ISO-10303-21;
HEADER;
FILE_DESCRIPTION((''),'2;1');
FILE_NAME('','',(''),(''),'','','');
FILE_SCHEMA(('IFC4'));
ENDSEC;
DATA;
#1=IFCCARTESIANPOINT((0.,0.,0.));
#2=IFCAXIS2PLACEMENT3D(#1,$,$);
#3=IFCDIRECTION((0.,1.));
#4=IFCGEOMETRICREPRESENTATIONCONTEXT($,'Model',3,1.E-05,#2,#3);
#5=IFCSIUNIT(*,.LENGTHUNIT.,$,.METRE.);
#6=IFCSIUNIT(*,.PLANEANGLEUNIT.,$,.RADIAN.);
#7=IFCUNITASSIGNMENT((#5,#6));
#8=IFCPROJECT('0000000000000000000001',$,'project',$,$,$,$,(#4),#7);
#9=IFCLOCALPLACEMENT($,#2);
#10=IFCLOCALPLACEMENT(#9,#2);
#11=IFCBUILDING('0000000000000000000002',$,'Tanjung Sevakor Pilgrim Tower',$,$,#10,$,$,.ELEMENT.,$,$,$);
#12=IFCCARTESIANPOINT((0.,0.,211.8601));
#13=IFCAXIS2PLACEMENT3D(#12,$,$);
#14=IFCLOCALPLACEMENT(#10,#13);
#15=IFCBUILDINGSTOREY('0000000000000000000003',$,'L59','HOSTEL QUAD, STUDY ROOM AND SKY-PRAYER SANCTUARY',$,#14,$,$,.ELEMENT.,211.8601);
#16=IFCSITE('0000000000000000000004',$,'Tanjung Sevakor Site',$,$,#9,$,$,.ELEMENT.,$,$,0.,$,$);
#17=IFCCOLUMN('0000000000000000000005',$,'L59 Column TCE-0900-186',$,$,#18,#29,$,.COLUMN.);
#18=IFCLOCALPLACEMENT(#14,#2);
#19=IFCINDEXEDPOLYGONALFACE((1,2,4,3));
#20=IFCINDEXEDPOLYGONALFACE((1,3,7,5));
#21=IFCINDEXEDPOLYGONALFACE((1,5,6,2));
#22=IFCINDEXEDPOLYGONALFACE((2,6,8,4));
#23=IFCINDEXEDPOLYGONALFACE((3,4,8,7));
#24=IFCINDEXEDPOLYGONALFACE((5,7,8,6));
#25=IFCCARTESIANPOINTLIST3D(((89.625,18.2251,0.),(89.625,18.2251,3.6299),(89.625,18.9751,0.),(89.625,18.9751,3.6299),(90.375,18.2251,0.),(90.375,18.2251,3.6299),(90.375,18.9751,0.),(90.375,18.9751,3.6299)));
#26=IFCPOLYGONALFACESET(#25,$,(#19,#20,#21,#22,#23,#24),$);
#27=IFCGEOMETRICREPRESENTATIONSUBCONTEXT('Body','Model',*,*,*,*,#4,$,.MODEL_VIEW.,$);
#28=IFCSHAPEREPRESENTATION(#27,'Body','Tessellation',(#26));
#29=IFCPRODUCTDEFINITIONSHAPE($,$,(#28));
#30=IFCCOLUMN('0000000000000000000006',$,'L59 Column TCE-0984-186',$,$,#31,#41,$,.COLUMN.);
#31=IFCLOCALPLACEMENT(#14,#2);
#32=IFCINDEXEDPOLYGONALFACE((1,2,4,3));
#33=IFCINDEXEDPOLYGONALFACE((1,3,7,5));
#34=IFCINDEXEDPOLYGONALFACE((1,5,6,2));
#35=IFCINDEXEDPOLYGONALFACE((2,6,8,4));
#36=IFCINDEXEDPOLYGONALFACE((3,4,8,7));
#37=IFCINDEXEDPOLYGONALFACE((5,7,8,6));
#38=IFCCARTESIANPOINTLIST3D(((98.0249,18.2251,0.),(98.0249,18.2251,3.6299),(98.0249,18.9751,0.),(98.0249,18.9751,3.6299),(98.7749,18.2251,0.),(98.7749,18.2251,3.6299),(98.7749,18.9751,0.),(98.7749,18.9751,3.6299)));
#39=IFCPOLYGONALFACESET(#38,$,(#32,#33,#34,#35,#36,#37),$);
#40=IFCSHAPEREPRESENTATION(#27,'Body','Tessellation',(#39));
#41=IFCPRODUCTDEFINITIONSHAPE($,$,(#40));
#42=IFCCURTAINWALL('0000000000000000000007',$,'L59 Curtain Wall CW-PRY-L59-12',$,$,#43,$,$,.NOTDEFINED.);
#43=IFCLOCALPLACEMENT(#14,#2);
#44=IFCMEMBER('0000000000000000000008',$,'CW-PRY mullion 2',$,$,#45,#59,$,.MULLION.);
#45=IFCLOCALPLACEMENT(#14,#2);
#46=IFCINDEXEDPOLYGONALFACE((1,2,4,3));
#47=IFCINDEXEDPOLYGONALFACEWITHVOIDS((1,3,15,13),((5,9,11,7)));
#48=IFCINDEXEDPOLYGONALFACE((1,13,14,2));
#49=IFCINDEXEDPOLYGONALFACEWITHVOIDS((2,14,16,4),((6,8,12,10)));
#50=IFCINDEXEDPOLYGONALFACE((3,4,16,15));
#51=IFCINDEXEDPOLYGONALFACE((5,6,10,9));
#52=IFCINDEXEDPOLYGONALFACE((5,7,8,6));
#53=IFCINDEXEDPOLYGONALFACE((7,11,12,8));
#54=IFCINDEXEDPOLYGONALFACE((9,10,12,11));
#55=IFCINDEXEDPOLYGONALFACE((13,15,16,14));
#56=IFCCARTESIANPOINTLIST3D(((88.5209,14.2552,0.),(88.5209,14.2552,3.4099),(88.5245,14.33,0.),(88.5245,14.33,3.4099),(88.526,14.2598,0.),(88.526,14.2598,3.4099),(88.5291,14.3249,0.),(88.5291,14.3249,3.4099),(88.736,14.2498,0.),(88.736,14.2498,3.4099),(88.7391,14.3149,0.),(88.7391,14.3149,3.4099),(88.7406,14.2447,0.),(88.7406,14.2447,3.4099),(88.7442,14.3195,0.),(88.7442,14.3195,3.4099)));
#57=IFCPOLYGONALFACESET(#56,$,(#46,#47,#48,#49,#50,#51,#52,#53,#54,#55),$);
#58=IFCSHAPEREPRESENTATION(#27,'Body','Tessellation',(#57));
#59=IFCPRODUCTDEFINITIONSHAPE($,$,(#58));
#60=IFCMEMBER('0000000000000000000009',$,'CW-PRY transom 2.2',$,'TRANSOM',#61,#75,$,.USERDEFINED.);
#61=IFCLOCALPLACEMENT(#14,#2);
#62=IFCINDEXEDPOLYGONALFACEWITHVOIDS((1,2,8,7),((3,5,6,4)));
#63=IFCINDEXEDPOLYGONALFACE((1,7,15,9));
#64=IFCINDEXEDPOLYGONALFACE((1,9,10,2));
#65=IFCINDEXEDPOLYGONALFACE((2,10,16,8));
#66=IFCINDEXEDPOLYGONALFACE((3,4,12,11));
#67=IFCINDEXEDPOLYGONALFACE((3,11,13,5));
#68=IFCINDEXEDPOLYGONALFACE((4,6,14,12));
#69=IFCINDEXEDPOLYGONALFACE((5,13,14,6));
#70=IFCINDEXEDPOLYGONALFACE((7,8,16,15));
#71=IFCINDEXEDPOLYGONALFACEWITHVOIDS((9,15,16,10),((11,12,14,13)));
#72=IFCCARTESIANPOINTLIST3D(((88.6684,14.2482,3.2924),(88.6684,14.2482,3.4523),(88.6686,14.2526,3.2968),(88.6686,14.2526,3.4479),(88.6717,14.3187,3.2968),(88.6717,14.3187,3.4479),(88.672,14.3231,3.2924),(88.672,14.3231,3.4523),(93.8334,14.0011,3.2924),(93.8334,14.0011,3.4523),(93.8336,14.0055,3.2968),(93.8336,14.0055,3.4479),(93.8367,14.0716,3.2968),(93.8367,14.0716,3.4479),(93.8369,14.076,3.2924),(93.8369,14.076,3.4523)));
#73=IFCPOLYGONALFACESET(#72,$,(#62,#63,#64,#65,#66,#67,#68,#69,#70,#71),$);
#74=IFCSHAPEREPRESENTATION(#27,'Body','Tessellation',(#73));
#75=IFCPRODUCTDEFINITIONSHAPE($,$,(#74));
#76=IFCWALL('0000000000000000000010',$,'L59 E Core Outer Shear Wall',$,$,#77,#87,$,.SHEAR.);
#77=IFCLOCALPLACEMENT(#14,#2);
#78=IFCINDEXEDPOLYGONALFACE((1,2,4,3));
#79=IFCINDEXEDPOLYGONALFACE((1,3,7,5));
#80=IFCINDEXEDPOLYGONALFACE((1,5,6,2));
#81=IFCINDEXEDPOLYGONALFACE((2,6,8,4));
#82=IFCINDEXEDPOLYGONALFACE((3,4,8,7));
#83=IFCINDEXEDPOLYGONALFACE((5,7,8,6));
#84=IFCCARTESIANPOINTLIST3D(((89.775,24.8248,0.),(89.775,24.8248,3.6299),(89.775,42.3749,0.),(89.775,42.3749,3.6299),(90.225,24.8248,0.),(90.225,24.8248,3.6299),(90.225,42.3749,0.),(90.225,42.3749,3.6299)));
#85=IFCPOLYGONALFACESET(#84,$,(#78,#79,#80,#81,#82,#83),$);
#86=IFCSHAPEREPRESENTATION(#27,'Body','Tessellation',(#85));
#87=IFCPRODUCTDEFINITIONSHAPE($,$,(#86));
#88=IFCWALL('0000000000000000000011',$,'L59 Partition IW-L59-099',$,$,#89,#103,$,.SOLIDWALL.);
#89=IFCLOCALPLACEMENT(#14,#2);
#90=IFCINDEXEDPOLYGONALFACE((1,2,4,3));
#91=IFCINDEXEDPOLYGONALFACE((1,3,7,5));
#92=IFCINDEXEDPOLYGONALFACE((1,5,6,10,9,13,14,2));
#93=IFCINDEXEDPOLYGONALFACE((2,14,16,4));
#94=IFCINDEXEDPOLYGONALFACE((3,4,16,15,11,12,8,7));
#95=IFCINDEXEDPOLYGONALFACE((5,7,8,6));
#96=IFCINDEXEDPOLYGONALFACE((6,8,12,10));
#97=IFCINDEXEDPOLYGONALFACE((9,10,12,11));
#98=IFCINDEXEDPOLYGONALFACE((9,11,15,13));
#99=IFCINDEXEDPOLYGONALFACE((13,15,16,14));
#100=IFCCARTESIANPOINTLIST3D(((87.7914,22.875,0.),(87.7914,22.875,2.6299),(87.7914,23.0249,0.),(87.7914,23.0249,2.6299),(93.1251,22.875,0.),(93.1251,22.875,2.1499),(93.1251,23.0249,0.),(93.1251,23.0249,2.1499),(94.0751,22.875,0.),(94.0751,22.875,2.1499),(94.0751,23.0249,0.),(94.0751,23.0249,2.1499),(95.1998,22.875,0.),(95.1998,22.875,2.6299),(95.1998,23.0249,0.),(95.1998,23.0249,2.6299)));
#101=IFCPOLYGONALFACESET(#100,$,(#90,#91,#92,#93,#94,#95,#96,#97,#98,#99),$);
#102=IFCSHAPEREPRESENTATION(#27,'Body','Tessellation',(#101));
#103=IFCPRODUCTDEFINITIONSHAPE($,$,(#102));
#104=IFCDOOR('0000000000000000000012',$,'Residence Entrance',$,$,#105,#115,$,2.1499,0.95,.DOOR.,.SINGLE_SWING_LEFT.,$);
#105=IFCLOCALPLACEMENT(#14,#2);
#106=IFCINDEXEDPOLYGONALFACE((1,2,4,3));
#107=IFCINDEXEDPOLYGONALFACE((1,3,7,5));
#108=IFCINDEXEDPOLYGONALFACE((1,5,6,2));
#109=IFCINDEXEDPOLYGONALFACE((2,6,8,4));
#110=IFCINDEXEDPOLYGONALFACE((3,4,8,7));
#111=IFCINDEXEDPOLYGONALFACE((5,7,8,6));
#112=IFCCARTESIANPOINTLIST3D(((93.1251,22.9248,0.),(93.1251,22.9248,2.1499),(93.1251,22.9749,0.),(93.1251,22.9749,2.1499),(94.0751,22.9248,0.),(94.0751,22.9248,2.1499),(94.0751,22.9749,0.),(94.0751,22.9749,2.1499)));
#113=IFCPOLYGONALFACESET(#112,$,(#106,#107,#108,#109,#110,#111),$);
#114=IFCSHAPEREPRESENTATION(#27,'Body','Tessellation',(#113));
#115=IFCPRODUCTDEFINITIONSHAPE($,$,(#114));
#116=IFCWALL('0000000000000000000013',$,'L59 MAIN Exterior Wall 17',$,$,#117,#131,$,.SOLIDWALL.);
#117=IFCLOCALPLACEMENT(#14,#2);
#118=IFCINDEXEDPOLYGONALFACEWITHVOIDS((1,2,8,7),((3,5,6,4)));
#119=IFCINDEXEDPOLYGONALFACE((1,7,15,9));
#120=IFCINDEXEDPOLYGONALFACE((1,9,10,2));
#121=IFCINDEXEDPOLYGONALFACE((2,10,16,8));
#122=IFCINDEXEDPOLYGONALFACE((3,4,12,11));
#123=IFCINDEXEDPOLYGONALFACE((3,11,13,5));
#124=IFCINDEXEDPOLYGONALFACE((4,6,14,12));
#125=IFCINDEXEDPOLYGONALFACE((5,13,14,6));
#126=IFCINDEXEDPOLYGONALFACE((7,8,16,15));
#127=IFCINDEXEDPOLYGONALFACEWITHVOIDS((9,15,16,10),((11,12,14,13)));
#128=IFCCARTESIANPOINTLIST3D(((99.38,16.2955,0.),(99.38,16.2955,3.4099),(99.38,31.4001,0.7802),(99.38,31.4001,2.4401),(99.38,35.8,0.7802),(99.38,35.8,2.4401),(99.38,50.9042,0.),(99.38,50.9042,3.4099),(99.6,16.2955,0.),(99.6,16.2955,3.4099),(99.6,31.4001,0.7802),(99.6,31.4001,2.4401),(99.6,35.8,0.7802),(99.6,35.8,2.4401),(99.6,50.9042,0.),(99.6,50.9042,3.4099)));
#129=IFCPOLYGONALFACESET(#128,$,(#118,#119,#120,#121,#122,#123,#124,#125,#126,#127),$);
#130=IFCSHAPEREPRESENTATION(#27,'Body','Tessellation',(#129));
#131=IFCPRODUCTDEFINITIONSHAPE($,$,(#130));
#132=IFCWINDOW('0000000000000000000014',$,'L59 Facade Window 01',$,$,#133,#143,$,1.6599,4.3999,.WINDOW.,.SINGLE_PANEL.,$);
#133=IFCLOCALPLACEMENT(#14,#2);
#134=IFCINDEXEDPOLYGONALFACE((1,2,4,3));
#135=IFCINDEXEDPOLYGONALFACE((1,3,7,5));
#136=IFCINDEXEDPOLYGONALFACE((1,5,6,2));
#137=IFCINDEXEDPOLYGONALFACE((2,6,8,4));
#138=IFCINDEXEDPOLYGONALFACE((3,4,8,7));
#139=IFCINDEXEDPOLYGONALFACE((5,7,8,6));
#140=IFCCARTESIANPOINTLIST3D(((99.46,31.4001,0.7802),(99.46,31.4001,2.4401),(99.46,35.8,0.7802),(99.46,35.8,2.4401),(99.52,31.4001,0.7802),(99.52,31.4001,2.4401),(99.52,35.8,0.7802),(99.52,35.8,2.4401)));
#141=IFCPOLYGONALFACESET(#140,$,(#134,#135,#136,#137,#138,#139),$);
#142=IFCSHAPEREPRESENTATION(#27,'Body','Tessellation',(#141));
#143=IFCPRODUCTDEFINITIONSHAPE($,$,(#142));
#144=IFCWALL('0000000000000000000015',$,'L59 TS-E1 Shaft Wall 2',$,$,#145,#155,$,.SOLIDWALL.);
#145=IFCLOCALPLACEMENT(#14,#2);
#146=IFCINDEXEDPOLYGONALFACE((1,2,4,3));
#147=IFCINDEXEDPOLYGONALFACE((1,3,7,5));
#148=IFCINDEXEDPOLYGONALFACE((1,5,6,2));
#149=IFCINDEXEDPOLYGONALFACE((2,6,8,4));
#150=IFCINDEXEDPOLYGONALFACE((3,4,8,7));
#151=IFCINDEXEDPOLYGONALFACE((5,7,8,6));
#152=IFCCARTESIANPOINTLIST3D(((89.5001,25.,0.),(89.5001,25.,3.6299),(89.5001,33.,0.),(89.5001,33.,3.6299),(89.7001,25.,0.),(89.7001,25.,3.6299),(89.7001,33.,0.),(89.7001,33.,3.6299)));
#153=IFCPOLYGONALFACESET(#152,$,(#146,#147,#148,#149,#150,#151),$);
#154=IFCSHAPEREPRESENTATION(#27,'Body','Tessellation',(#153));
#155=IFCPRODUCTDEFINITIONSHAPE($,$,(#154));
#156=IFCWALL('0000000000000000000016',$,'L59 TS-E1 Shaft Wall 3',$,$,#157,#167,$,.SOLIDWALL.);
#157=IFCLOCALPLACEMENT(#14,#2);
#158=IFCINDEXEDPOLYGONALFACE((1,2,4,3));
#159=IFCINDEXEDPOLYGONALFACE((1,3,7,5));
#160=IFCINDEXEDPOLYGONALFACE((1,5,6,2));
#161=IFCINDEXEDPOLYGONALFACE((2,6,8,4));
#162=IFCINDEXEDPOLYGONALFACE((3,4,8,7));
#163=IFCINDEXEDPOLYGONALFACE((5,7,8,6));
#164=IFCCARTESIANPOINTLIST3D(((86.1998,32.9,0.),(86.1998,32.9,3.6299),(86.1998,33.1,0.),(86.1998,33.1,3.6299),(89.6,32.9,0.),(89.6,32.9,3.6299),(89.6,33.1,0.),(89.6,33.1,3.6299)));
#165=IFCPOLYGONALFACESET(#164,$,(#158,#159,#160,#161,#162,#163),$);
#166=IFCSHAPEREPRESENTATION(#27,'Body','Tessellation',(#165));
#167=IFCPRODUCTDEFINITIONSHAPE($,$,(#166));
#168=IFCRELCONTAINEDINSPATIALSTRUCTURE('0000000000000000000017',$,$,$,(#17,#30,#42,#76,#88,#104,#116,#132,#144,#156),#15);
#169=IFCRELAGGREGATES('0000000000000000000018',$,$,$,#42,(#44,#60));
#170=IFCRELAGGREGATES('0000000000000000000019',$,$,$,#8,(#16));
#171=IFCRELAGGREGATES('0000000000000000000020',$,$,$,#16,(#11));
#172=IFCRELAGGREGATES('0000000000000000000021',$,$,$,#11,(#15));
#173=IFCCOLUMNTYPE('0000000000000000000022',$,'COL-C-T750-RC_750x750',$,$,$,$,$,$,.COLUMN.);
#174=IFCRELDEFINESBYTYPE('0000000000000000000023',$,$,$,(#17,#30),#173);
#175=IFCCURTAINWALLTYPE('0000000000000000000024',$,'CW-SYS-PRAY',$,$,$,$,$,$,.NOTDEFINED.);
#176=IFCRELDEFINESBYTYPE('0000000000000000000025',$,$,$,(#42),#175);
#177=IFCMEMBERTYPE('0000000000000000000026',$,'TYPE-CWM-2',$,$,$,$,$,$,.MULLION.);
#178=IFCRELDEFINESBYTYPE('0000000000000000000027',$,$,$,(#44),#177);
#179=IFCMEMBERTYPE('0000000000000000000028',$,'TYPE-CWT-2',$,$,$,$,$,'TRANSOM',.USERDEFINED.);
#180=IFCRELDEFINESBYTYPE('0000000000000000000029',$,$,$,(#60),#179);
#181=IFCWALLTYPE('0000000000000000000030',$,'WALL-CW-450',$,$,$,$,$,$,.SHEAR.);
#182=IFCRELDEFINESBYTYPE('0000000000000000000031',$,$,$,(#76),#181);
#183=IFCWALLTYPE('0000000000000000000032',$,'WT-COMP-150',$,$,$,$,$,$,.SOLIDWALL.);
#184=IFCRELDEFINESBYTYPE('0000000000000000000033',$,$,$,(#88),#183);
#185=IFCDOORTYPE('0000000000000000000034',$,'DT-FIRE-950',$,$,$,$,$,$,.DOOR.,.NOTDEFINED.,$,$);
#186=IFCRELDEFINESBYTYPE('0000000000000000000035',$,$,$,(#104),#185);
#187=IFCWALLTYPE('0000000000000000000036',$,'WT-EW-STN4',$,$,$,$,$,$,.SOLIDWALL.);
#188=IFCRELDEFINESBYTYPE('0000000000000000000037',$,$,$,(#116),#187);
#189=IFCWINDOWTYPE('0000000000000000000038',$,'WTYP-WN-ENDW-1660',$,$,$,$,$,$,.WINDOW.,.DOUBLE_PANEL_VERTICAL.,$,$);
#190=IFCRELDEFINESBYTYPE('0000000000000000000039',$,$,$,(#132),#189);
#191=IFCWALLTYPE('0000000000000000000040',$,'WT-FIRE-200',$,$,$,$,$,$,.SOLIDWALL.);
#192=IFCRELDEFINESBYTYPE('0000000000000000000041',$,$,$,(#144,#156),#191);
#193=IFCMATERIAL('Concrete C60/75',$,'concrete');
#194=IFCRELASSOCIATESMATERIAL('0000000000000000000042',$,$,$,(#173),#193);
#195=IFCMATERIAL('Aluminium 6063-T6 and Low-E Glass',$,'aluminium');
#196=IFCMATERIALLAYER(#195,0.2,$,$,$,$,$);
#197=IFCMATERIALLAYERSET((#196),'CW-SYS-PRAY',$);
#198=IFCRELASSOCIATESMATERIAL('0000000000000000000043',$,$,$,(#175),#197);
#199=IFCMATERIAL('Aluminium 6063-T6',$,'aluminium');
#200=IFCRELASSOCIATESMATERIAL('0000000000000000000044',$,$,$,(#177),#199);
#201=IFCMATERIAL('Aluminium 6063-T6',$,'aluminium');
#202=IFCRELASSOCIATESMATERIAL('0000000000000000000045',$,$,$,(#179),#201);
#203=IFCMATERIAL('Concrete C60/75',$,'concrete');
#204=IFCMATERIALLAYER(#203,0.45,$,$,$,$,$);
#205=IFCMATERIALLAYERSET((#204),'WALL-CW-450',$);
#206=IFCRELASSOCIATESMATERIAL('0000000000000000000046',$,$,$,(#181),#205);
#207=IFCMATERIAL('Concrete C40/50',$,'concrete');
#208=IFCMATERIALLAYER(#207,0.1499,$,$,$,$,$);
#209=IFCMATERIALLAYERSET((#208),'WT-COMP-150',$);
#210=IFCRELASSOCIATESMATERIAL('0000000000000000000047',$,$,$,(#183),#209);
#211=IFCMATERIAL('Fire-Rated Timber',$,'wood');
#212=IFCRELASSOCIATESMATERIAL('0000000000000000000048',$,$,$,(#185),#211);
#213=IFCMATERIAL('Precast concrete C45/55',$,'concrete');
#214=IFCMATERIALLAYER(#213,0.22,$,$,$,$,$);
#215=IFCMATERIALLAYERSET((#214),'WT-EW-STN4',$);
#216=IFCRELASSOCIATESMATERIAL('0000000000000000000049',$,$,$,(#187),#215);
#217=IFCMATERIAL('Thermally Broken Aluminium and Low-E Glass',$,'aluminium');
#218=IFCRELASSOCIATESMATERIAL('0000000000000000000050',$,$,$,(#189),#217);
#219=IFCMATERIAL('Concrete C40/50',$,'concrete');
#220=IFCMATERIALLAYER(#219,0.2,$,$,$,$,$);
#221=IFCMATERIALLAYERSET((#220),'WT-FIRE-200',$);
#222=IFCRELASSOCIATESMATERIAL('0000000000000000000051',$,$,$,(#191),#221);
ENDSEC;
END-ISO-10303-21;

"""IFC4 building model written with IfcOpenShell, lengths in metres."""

from ifc_helpers import new_model, si_unit, direction, frame, frame_2d, origin, origin_2d, place, context, subcontext, project, spatial, rectangle, hollow_rectangle, extrude, material, layer, layer_set, material_profile, profile_set, type_object, element, fill, aggregate, save


model = new_model("IFC4")

# Units and contexts
model_context = context("Model", 3, precision=1e-05, world=origin(), true_north=direction((0.0, 1.0)))
body_context = subcontext(model_context, "Body", "Model", "MODEL_VIEW")
ifc_project = project(units=[si_unit("LENGTHUNIT", "METRE"), si_unit("PLANEANGLEUNIT", "RADIAN")], contexts=[model_context])

# Site, building, storey
site_placement = place(None, origin())
site = spatial("IfcSite", under=ifc_project, at=site_placement, Name="Tanjung Sevakor Site", CompositionType="ELEMENT", RefElevation=0.0)
building_placement = place(site_placement, origin())
building = spatial("IfcBuilding", under=site, at=building_placement, Name="Tanjung Sevakor Pilgrim Tower", CompositionType="ELEMENT")
storey_placement = place(building_placement, frame((0.0, 0.0, 211.8601)))
storey = spatial("IfcBuildingStorey", under=building, at=storey_placement, Name="L59", Description="HOSTEL QUAD, STUDY ROOM AND SKY-PRAYER SANCTUARY", CompositionType="ELEMENT", Elevation=211.8601)

# Columns
ifc_material_1 = material(Name="Concrete C60/75", Category="concrete")
ifc_material_profile_1 = material_profile(ifc_material_1, rectangle(XDim=0.75, YDim=0.75, at=origin_2d()))
ifc_profile_set_1 = profile_set([ifc_material_profile_1], Name="Concrete C60/75")
column_type = type_object("IfcColumnType", Name="COL-C-T750-RC_750x750", PredefinedType="COLUMN", material=ifc_profile_set_1)
for number, where, z_axis, x_axis, name in (
    (1, (90.0, 18.6001, 0.0), (0.0, 0.0, 1.0), (1.0, 0.0, 0.0), "L59 Column TCE-0900-186"),
    (2, (98.3999, 18.6001, 0.0), (0.0, 0.0, 1.0), (1.0, 0.0, 0.0), "L59 Column TCE-0984-186"),
):
    element("IfcColumn", number, at=place(storey_placement, frame(where, z_axis=z_axis, x_axis=x_axis)), inside=storey, type_object=column_type, Name=name, PredefinedType="COLUMN", context=body_context, shape_type="SweptSolid", body=[
        extrude(rectangle(XDim=0.75, YDim=0.75, at=origin_2d()), origin(), (0.0, 0.0, 1.0), 3.6299),
    ])

# Curtain wall, members
ifc_material_2 = material(Name="Aluminium 6063-T6 and Low-E Glass", Category="aluminium")
ifc_layer_1 = layer(ifc_material_2, 0.2)
ifc_layer_set_1 = layer_set([ifc_layer_1], Name="CW-SYS-PRAY")
curtain_wall_type = type_object("IfcCurtainWallType", Name="CW-SYS-PRAY", PredefinedType="NOTDEFINED", material=ifc_layer_set_1)
curtain_wall_placement = place(storey_placement, origin())
curtain_wall = element("IfcCurtainWall", 3, at=curtain_wall_placement, inside=storey, type_object=curtain_wall_type, Name="L59 Curtain Wall CW-PRY-L59-12", PredefinedType="NOTDEFINED")
ifc_material_3 = material(Name="Aluminium 6063-T6", Category="aluminium")
ifc_material_profile_2 = material_profile(ifc_material_3, hollow_rectangle(XDim=0.075, YDim=0.22, WallThickness=0.0049, at=origin_2d()))
ifc_profile_set_2 = profile_set([ifc_material_profile_2], Name="Aluminium 6063-T6")
member_type_1 = type_object("IfcMemberType", Name="TYPE-CWM-2", PredefinedType="MULLION", material=ifc_profile_set_2)
member_1_placement = place(storey_placement, frame((88.6326, 14.2874, 0.0), z_axis=(0.0, 0.0, 1.0), x_axis=(0.047791, 0.998857, 0.0)))
member_1 = element("IfcMember", 4, at=member_1_placement, type_object=member_type_1, Name="CW-PRY mullion 2", PredefinedType="MULLION", context=body_context, shape_type="SweptSolid", body=[
    extrude(hollow_rectangle(XDim=0.075, YDim=0.22, WallThickness=0.0049, at=origin_2d()), origin(), (0.0, 0.0, 1.0), 3.4099),
])
ifc_material_4 = material(Name="Aluminium 6063-T6", Category="aluminium")
ifc_material_profile_3 = material_profile(ifc_material_4, hollow_rectangle(XDim=0.075, YDim=0.1599, WallThickness=0.0044, at=origin_2d()))
ifc_profile_set_3 = profile_set([ifc_material_profile_3], Name="Aluminium 6063-T6")
member_type_2 = type_object("IfcMemberType", Name="TYPE-CWT-2", ElementType="TRANSOM", PredefinedType="USERDEFINED", material=ifc_profile_set_3)
member_2_placement = place(storey_placement, frame((88.6702, 14.2856, 3.3723), z_axis=(0.998858, -0.04778, 0.0), x_axis=(0.04778, 0.998858, 0.0)))
member_2 = element("IfcMember", 5, at=member_2_placement, type_object=member_type_2, Name="CW-PRY transom 2.2", ObjectType="TRANSOM", PredefinedType="USERDEFINED", context=body_context, shape_type="SweptSolid", body=[
    extrude(hollow_rectangle(XDim=0.075, YDim=0.1599, WallThickness=0.0044, at=origin_2d()), origin(), (0.0, 0.0, 1.0), 5.1709),
])
aggregate(curtain_wall, [member_1, member_2])

# Wall
ifc_material_5 = material(Name="Concrete C60/75", Category="concrete")
ifc_layer_2 = layer(ifc_material_5, 0.45)
ifc_layer_set_2 = layer_set([ifc_layer_2], Name="WALL-CW-450")
wall_type_1 = type_object("IfcWallType", Name="WALL-CW-450", PredefinedType="SHEAR", material=ifc_layer_set_2)
wall_1_placement = place(storey_placement, frame((90.0, 24.825, 0.0), z_axis=(0.0, 0.0, 1.0), x_axis=(0.0, 1.0, 0.0)))
element("IfcWall", 6, at=wall_1_placement, inside=storey, type_object=wall_type_1, Name="L59 E Core Outer Shear Wall", PredefinedType="SHEAR", context=body_context, shape_type="SweptSolid", body=[
    extrude(rectangle(XDim=17.55, YDim=0.45, at=frame_2d((8.7749, 0.0))), origin(), (0.0, 0.0, 1.0), 3.6299),
])

# Wall, opening, door
ifc_material_6 = material(Name="Concrete C40/50", Category="concrete")
ifc_layer_3 = layer(ifc_material_6, 0.1499)
ifc_layer_set_3 = layer_set([ifc_layer_3], Name="WT-COMP-150")
wall_type_2 = type_object("IfcWallType", Name="WT-COMP-150", PredefinedType="SOLIDWALL", material=ifc_layer_set_3)
wall_2_placement = place(storey_placement, frame((87.7915, 22.95, 0.0), z_axis=(0.0, 0.0, 1.0), x_axis=(1.0, 0.0, 0.0)))
wall_2 = element("IfcWall", 7, at=wall_2_placement, inside=storey, type_object=wall_type_2, Name="L59 Partition IW-L59-099", PredefinedType="SOLIDWALL", context=body_context, shape_type="SweptSolid", body=[
    extrude(rectangle(XDim=7.4084, YDim=0.1499, at=frame_2d((3.7041, 0.0))), origin(), (0.0, 0.0, 1.0), 2.6299),
])
opening_1_placement = place(wall_2_placement, frame((5.3335, 0.0, 0.0)))
opening_1 = element("IfcOpeningElement", 8, at=opening_1_placement, cuts=wall_2, PredefinedType="OPENING", context=body_context, shape_type="SweptSolid", body=[
    extrude(rectangle(XDim=0.95, YDim=2.1499, at=frame_2d((0.4751, 1.075))), frame((0.0, 0.085, 0.0), z_axis=(0.0, -1.0, 0.0), x_axis=(1.0, 0.0, 0.0)), (0.0, 0.0, 1.0), 0.1699),
])
ifc_material_7 = material(Name="Fire-Rated Timber", Category="wood")
door_type_1 = type_object("IfcDoorType", Name="DT-FIRE-950", OperationType="NOTDEFINED", PredefinedType="DOOR", material=ifc_material_7)
door_1_placement = place(opening_1_placement, origin())
door_1 = element("IfcDoor", 9, at=door_1_placement, inside=storey, type_object=door_type_1, Name="Residence Entrance", OperationType="SINGLE_SWING_LEFT", OverallHeight=2.1499, OverallWidth=0.95, PredefinedType="DOOR", context=body_context, shape_type="SweptSolid", body=[
    extrude(rectangle(XDim=0.95, YDim=2.1499, at=frame_2d((0.4751, 1.075))), frame((0.0, 0.0249, 0.0), z_axis=(0.0, -1.0, 0.0), x_axis=(1.0, 0.0, 0.0)), (0.0, 0.0, 1.0), 0.05),
])
fill(opening_1, door_1)

# Wall, opening, window
ifc_material_8 = material(Name="Precast concrete C45/55", Category="concrete")
ifc_layer_4 = layer(ifc_material_8, 0.22)
ifc_layer_set_4 = layer_set([ifc_layer_4], Name="WT-EW-STN4")
wall_type_3 = type_object("IfcWallType", Name="WT-EW-STN4", PredefinedType="SOLIDWALL", material=ifc_layer_set_4)
wall_3_placement = place(storey_placement, frame((99.49, 16.2957, 0.0), z_axis=(0.0, 0.0, 1.0), x_axis=(0.0, 1.0, 0.0)))
wall_3 = element("IfcWall", 10, at=wall_3_placement, inside=storey, type_object=wall_type_3, Name="L59 MAIN Exterior Wall 17", PredefinedType="SOLIDWALL", context=body_context, shape_type="SweptSolid", body=[
    extrude(rectangle(XDim=34.6086, YDim=0.22, at=frame_2d((17.3042, 0.0))), origin(), (0.0, 0.0, 1.0), 3.4099),
])
opening_2_placement = place(wall_3_placement, frame((15.1045, 0.0, 0.78)))
opening_2 = element("IfcOpeningElement", 11, at=opening_2_placement, cuts=wall_3, PredefinedType="OPENING", context=body_context, shape_type="SweptSolid", body=[
    extrude(rectangle(XDim=4.3999, YDim=1.6599, at=frame_2d((2.2, 0.8301))), frame((0.0, 0.1199, 0.0), z_axis=(0.0, -1.0, 0.0), x_axis=(1.0, 0.0, 0.0)), (0.0, 0.0, 1.0), 0.24),
])
ifc_material_9 = material(Name="Thermally Broken Aluminium and Low-E Glass", Category="aluminium")
window_type = type_object("IfcWindowType", Name="WTYP-WN-ENDW-1660", PartitioningType="DOUBLE_PANEL_VERTICAL", PredefinedType="WINDOW", material=ifc_material_9)
window_placement = place(opening_2_placement, origin())
window = element("IfcWindow", 12, at=window_placement, inside=storey, type_object=window_type, Name="L59 Facade Window 01", OverallHeight=1.6599, OverallWidth=4.3999, PartitioningType="SINGLE_PANEL", PredefinedType="WINDOW", context=body_context, shape_type="SweptSolid", body=[
    extrude(rectangle(XDim=4.3999, YDim=1.6599, at=frame_2d((2.2, 0.8301))), frame((0.0, 0.03, 0.0), z_axis=(0.0, -1.0, 0.0), x_axis=(1.0, 0.0, 0.0)), (0.0, 0.0, 1.0), 0.0601),
])
fill(opening_2, window)

# Walls
ifc_material_10 = material(Name="Concrete C40/50", Category="concrete")
ifc_layer_5 = layer(ifc_material_10, 0.2)
ifc_layer_set_5 = layer_set([ifc_layer_5], Name="WT-FIRE-200")
wall_type_4 = type_object("IfcWallType", Name="WT-FIRE-200", PredefinedType="SOLIDWALL", material=ifc_layer_set_5)
wall_4_placement = place(storey_placement, frame((89.6001, 25.0, 0.0), z_axis=(0.0, 0.0, 1.0), x_axis=(0.0, 1.0, 0.0)))
element("IfcWall", 13, at=wall_4_placement, inside=storey, type_object=wall_type_4, Name="L59 TS-E1 Shaft Wall 2", PredefinedType="SOLIDWALL", context=body_context, shape_type="SweptSolid", body=[
    extrude(rectangle(XDim=8.0, YDim=0.2, at=frame_2d((4.0, 0.0))), origin(), (0.0, 0.0, 1.0), 3.6299),
])
wall_5_placement = place(storey_placement, frame((89.6001, 33.0, 0.0), z_axis=(0.0, 0.0, 1.0), x_axis=(-1.0, 0.0, 0.0)))
element("IfcWall", 14, at=wall_5_placement, inside=storey, type_object=wall_type_4, Name="L59 TS-E1 Shaft Wall 3", PredefinedType="SOLIDWALL", context=body_context, shape_type="SweptSolid", body=[
    extrude(rectangle(XDim=3.4001, YDim=0.2, at=frame_2d((1.7002, 0.0))), origin(), (0.0, 0.0, 1.0), 3.6299),
])

save(model, "model.ifc")
